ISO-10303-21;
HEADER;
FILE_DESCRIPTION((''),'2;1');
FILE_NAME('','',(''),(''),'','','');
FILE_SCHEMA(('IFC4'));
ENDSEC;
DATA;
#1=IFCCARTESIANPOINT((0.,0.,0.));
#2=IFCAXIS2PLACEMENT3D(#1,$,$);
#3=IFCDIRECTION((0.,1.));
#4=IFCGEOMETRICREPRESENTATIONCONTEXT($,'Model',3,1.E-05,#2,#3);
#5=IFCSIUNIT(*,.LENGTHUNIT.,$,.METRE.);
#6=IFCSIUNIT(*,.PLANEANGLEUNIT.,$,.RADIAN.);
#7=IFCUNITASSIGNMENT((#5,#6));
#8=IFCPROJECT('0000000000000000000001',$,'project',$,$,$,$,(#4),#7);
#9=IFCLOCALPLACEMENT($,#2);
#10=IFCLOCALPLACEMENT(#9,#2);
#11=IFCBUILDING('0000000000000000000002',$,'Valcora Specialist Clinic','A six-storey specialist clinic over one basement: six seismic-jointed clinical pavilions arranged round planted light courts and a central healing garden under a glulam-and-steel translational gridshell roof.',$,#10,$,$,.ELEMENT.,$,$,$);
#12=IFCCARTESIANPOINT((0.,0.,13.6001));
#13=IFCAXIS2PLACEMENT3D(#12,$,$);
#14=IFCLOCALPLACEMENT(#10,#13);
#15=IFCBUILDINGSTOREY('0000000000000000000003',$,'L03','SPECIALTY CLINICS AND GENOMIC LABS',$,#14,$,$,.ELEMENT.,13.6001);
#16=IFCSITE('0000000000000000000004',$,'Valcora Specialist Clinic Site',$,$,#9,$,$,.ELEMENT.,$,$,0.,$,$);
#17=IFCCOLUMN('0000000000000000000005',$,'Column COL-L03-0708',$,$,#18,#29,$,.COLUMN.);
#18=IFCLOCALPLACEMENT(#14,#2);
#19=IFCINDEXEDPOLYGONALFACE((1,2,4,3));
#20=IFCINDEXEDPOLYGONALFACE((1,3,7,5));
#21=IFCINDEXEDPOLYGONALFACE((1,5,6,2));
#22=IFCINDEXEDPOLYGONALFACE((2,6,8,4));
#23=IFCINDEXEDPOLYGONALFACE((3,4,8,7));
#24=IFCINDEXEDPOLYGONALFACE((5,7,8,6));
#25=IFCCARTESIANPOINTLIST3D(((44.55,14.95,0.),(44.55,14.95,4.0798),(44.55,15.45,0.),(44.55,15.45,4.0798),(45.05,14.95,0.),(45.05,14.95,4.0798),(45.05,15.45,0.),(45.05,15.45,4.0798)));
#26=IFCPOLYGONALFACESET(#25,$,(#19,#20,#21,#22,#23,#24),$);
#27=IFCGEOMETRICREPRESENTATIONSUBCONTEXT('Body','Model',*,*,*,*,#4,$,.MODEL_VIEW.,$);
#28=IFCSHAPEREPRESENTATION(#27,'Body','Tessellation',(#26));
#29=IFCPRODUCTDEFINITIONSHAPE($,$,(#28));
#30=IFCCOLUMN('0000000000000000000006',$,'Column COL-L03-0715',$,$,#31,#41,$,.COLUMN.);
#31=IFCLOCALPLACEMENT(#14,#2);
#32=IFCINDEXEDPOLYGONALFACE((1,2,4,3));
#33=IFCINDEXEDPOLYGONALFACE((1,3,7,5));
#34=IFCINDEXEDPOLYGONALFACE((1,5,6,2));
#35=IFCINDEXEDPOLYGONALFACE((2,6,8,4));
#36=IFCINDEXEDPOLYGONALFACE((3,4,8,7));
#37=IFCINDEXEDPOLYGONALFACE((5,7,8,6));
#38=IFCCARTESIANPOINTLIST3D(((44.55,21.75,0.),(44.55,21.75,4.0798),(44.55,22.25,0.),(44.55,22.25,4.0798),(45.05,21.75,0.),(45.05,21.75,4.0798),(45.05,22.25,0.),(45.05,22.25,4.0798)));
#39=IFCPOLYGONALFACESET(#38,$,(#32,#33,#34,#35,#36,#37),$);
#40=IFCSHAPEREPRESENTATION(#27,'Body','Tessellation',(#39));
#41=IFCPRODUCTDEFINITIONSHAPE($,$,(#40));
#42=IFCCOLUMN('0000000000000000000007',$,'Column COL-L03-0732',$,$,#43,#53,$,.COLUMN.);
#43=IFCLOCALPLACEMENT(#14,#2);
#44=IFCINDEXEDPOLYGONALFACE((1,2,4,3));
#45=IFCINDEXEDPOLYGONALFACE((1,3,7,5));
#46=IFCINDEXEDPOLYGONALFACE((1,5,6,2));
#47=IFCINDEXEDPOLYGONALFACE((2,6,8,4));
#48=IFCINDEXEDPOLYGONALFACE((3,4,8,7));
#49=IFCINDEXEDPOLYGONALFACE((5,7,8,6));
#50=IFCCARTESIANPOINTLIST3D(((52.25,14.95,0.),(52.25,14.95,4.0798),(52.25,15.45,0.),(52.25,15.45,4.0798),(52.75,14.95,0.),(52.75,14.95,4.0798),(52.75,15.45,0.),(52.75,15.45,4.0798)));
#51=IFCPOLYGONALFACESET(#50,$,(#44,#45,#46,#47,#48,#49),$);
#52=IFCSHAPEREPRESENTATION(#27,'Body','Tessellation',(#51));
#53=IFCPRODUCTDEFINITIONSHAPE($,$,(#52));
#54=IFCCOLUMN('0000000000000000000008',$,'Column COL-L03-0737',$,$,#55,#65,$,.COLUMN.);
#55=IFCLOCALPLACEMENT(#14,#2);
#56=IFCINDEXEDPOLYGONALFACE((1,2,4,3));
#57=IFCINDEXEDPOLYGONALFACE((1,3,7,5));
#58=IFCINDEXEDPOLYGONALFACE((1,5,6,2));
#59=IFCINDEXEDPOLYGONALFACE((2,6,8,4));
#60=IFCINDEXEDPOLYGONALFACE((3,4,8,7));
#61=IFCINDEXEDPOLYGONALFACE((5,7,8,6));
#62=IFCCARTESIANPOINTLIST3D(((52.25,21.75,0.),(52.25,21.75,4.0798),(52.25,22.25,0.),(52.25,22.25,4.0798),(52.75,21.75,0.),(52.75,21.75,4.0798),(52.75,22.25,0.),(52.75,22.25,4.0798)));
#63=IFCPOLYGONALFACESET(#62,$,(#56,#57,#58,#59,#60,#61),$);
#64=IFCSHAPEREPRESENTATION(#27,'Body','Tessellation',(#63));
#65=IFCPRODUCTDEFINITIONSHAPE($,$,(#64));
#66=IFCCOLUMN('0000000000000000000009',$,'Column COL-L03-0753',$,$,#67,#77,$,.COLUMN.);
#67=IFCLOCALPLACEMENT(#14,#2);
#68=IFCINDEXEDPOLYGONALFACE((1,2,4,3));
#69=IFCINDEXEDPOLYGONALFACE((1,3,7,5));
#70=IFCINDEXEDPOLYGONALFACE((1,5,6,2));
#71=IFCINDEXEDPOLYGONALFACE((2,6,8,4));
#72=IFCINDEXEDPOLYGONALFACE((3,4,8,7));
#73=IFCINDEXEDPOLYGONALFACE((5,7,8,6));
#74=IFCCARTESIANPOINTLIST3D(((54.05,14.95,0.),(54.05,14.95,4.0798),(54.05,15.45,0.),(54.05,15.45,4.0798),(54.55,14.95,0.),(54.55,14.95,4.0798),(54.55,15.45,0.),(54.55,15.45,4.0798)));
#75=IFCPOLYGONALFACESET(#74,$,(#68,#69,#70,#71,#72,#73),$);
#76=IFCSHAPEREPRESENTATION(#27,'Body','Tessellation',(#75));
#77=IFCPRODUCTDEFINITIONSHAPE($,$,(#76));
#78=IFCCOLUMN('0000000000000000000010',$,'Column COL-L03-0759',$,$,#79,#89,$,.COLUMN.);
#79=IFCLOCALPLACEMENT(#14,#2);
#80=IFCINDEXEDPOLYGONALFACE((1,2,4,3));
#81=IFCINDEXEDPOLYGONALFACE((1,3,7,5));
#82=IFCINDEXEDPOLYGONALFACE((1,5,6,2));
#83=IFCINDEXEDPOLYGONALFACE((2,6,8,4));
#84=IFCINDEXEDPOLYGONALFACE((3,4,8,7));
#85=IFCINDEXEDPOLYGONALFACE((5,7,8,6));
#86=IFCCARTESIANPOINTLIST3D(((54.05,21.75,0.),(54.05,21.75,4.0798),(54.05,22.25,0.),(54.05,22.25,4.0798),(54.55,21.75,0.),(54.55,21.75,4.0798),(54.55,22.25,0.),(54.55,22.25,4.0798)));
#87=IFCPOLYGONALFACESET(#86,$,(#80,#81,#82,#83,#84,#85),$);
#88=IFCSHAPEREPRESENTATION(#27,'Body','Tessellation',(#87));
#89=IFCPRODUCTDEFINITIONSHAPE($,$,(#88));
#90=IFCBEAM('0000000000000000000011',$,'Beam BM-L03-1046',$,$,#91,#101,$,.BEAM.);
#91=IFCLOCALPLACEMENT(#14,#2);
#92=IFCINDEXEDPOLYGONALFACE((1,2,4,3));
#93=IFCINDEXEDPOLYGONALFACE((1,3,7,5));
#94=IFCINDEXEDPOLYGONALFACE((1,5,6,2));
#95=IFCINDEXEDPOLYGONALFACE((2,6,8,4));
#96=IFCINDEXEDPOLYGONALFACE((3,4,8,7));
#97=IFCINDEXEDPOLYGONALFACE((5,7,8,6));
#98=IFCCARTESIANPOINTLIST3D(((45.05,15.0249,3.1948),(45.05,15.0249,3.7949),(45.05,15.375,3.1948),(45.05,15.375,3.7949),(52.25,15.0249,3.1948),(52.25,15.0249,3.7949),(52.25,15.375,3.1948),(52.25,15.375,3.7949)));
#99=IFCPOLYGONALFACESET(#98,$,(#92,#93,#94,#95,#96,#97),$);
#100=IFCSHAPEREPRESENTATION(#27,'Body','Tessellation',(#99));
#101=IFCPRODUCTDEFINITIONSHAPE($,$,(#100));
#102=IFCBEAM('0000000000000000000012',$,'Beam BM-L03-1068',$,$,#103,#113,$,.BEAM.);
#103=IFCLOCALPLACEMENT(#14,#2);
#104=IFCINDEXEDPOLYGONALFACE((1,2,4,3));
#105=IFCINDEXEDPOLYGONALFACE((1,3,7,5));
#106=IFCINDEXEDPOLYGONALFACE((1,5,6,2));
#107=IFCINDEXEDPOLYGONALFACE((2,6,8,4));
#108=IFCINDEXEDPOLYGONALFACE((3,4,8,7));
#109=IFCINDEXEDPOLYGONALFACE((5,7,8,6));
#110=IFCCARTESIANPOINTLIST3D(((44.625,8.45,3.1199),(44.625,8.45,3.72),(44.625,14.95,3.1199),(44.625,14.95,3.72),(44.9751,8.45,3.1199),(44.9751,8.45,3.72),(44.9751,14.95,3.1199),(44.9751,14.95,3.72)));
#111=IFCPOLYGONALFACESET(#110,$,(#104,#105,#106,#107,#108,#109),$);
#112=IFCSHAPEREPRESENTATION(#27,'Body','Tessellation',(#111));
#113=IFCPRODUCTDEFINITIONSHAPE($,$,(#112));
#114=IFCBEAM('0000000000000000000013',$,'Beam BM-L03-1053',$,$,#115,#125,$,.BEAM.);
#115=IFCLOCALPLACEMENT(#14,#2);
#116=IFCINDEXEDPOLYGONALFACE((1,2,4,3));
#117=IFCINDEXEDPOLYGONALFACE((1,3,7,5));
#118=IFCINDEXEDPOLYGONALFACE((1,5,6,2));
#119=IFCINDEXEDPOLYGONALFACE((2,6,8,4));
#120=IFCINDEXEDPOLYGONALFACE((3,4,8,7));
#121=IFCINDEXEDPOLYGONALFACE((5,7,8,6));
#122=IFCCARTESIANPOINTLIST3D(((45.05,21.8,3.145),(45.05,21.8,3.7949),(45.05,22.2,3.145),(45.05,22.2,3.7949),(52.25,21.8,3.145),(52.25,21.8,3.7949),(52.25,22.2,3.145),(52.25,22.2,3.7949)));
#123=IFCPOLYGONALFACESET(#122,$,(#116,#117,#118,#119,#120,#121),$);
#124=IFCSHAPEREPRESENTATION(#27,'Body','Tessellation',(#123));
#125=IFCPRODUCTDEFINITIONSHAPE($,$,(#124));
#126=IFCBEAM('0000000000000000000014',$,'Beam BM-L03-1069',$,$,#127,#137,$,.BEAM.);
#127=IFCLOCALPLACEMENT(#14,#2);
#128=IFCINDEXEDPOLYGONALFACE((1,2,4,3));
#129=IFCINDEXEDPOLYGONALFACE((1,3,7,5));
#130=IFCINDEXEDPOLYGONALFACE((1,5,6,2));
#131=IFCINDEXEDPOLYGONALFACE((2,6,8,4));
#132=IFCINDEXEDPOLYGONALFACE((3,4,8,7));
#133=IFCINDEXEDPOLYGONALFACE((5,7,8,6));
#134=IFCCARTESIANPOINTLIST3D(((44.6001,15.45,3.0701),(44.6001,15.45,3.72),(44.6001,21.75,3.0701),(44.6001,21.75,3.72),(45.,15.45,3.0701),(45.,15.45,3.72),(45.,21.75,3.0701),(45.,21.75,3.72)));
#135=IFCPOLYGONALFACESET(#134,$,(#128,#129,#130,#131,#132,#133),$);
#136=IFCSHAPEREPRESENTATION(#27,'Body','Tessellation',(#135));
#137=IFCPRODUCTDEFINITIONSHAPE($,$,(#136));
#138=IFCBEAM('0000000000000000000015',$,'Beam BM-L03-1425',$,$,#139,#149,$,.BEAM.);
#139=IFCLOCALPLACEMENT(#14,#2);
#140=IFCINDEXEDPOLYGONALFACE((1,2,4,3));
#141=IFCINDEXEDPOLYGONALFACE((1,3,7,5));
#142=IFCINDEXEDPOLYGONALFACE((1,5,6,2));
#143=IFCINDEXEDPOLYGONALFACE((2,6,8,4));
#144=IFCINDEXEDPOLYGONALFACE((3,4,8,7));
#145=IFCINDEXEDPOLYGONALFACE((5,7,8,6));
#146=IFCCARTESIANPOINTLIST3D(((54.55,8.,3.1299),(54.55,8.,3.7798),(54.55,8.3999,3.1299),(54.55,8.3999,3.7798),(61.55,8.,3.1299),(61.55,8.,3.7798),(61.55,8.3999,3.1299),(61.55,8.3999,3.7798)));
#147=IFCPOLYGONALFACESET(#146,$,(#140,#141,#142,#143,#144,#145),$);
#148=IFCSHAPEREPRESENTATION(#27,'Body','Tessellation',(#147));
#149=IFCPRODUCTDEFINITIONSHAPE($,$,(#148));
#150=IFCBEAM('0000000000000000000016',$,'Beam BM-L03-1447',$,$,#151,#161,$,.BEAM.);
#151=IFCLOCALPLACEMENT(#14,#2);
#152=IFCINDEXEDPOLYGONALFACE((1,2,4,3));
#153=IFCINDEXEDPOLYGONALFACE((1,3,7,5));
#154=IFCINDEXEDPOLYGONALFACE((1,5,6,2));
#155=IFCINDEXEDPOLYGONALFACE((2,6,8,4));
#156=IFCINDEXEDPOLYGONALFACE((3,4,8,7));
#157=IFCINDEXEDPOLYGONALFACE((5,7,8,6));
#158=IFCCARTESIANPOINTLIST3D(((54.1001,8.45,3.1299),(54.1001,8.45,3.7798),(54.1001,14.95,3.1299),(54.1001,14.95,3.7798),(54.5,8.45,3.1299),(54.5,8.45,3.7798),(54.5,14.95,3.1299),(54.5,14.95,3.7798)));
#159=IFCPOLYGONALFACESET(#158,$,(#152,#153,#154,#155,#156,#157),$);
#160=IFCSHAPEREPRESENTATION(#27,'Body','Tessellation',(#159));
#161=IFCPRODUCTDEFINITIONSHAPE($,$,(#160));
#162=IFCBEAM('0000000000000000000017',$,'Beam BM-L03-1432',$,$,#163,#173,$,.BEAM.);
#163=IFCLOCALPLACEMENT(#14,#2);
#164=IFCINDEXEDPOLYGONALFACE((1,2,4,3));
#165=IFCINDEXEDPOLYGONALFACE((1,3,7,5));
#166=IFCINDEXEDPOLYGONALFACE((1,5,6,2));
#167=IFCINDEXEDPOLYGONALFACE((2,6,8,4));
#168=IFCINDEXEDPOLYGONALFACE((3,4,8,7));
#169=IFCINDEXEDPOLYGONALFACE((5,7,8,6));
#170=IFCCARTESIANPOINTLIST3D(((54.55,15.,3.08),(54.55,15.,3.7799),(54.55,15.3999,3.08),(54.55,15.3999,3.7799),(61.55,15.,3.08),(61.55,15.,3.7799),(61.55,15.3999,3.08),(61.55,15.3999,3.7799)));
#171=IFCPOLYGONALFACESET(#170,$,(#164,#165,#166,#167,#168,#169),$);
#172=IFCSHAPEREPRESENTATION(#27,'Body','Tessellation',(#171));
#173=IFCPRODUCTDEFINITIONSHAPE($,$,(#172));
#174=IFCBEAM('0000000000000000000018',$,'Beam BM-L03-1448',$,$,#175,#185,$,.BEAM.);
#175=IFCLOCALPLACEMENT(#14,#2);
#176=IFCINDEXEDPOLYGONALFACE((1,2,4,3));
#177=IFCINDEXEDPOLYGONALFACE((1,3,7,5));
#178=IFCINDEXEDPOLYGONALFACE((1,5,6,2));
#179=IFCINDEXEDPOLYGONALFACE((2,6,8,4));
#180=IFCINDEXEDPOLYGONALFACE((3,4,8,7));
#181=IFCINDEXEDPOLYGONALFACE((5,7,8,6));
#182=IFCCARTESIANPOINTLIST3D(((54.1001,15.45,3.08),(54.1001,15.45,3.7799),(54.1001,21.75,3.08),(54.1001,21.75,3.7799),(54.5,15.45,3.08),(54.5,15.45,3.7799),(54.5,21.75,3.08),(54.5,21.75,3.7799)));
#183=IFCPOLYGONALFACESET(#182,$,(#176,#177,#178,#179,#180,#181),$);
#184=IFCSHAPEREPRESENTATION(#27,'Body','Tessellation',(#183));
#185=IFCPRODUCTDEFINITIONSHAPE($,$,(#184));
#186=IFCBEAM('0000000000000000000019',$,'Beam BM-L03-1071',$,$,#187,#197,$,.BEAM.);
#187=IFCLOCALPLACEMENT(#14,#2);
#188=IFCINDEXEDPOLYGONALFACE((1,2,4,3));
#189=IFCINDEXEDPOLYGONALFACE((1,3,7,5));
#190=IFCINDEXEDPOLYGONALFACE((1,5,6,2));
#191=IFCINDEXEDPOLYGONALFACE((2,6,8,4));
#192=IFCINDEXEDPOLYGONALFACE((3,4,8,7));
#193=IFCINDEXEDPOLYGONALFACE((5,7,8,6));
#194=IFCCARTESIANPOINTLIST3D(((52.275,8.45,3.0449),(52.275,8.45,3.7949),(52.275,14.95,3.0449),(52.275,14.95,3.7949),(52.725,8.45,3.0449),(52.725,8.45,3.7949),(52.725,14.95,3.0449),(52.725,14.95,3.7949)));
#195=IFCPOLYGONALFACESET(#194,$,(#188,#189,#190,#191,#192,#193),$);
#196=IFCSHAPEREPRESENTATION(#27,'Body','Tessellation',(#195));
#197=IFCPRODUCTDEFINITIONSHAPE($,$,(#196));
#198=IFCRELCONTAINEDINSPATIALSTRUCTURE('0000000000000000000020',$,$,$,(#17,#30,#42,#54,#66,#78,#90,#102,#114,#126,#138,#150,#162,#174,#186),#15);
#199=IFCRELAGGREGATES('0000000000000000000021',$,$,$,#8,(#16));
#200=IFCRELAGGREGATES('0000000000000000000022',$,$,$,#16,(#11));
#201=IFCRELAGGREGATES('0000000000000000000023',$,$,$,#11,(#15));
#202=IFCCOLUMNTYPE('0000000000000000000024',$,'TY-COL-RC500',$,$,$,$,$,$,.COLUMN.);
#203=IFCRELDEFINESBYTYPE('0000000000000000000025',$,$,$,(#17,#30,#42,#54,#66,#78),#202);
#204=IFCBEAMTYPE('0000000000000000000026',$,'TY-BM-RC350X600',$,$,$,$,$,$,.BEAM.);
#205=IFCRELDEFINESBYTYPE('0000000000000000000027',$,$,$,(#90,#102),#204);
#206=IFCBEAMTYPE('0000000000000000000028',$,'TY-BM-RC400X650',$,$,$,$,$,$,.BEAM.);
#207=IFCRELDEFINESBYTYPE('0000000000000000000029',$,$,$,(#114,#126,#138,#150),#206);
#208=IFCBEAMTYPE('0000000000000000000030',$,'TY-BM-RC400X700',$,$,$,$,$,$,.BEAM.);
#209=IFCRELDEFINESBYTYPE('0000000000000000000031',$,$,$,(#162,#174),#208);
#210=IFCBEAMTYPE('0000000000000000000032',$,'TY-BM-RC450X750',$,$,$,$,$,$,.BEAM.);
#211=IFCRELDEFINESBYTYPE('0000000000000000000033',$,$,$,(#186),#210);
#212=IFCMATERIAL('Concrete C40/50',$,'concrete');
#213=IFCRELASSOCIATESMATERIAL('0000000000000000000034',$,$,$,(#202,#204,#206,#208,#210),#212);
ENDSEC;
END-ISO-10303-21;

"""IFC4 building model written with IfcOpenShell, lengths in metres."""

from ifc_helpers import new_model, si_unit, direction, frame, origin, origin_2d, place, context, subcontext, project, spatial, rectangle, extrude, material, material_profile, profile_set, type_object, element, save


model = new_model("IFC4")

# Units and contexts
model_context = context("Model", 3, precision=1e-05, world=origin(), true_north=direction((0.0, 1.0)))
body_context = subcontext(model_context, "Body", "Model", "MODEL_VIEW")
ifc_project = project(units=[si_unit("LENGTHUNIT", "METRE"), si_unit("PLANEANGLEUNIT", "RADIAN")], contexts=[model_context])

# Site, building, storey
site_placement = place(None, origin())
site = spatial("IfcSite", under=ifc_project, at=site_placement, Name="Valcora Specialist Clinic Site", CompositionType="ELEMENT", RefElevation=0.0)
building_placement = place(site_placement, origin())
building = spatial("IfcBuilding", under=site, at=building_placement, Name="Valcora Specialist Clinic", Description="A six-storey specialist clinic over one basement: six seismic-jointed clinical pavilions arranged round planted light courts and a central healing garden under a glulam-and-steel translational gridshell roof.", CompositionType="ELEMENT")
storey_placement = place(building_placement, frame((0.0, 0.0, 13.6001)))
storey = spatial("IfcBuildingStorey", under=building, at=storey_placement, Name="L03", Description="SPECIALTY CLINICS AND GENOMIC LABS", CompositionType="ELEMENT", Elevation=13.6001)

# Columns
ifc_material_1 = material(Name="Concrete C40/50", Category="concrete")
ifc_material_profile_1 = material_profile(ifc_material_1, rectangle(XDim=0.5, YDim=0.5, at=origin_2d()), Name="RC-COL-500X500")
ifc_profile_set_1 = profile_set([ifc_material_profile_1], Name="Concrete C40/50")
column_type = type_object("IfcColumnType", Name="TY-COL-RC500", PredefinedType="COLUMN", material=ifc_profile_set_1)
for number, where, z_axis, x_axis, name in (
    (1, (44.8, 15.2, 0.0), (0.0, 0.0, 1.0), (1.0, 0.0, 0.0), "Column COL-L03-0708"),
    (2, (44.8, 22.0, 0.0), (0.0, 0.0, 1.0), (1.0, 0.0, 0.0), "Column COL-L03-0715"),
    (3, (52.5, 15.2, 0.0), (0.0, 0.0, 1.0), (1.0, 0.0, 0.0), "Column COL-L03-0732"),
    (4, (52.5, 22.0, 0.0), (0.0, 0.0, 1.0), (1.0, 0.0, 0.0), "Column COL-L03-0737"),
    (5, (54.3, 15.2, 0.0), (0.0, 0.0, 1.0), (1.0, 0.0, 0.0), "Column COL-L03-0753"),
    (6, (54.3, 22.0, 0.0), (0.0, 0.0, 1.0), (1.0, 0.0, 0.0), "Column COL-L03-0759"),
):
    element("IfcColumn", number, at=place(storey_placement, frame(where, z_axis=z_axis, x_axis=x_axis)), inside=storey, type_object=column_type, Name=name, PredefinedType="COLUMN", context=body_context, shape_type="SweptSolid", body=[
        extrude(rectangle(XDim=0.5, YDim=0.5, at=origin_2d()), origin(), (0.0, 0.0, 1.0), 4.0798),
    ])

# Beams
ifc_material_profile_2 = material_profile(ifc_material_1, rectangle(XDim=0.3501, YDim=0.6001, at=origin_2d()), Name="RC-BM-350X600")
ifc_profile_set_2 = profile_set([ifc_material_profile_2], Name="Concrete C40/50")
beam_type_1 = type_object("IfcBeamType", Name="TY-BM-RC350X600", PredefinedType="BEAM", material=ifc_profile_set_2)
beam_1_placement = place(storey_placement, frame((45.05, 15.2, 3.4949), z_axis=(1.0, 0.0, 0.0), x_axis=(0.0, 1.0, 0.0)))
element("IfcBeam", 7, at=beam_1_placement, inside=storey, type_object=beam_type_1, Name="Beam BM-L03-1046", PredefinedType="BEAM", context=body_context, shape_type="SweptSolid", body=[
    extrude(rectangle(XDim=0.3501, YDim=0.6001, at=origin_2d()), origin(), (0.0, 0.0, 1.0), 7.2),
])
beam_2_placement = place(storey_placement, frame((44.8, 8.45, 3.4199), z_axis=(0.0, 1.0, 0.0), x_axis=(-1.0, 0.0, 0.0)))
element("IfcBeam", 8, at=beam_2_placement, inside=storey, type_object=beam_type_1, Name="Beam BM-L03-1068", PredefinedType="BEAM", context=body_context, shape_type="SweptSolid", body=[
    extrude(rectangle(XDim=0.3501, YDim=0.6001, at=origin_2d()), origin(), (0.0, 0.0, 1.0), 6.5),
])
ifc_material_profile_3 = material_profile(ifc_material_1, rectangle(XDim=0.3999, YDim=0.6499, at=origin_2d()), Name="RC-BM-400X650")
ifc_profile_set_3 = profile_set([ifc_material_profile_3], Name="Concrete C40/50")
beam_type_2 = type_object("IfcBeamType", Name="TY-BM-RC400X650", PredefinedType="BEAM", material=ifc_profile_set_3)
beam_3_placement = place(storey_placement, frame((45.05, 22.0, 3.47), z_axis=(1.0, 0.0, 0.0), x_axis=(0.0, 1.0, 0.0)))
element("IfcBeam", 9, at=beam_3_placement, inside=storey, type_object=beam_type_2, Name="Beam BM-L03-1053", PredefinedType="BEAM", context=body_context, shape_type="SweptSolid", body=[
    extrude(rectangle(XDim=0.3999, YDim=0.6499, at=origin_2d()), origin(), (0.0, 0.0, 1.0), 7.2),
])
beam_4_placement = place(storey_placement, frame((44.8, 15.45, 3.395), z_axis=(0.0, 1.0, 0.0), x_axis=(-1.0, 0.0, 0.0)))
element("IfcBeam", 10, at=beam_4_placement, inside=storey, type_object=beam_type_2, Name="Beam BM-L03-1069", PredefinedType="BEAM", context=body_context, shape_type="SweptSolid", body=[
    extrude(rectangle(XDim=0.3999, YDim=0.6499, at=origin_2d()), origin(), (0.0, 0.0, 1.0), 6.3),
])
beam_5_placement = place(storey_placement, frame((54.55, 8.2, 3.4548), z_axis=(1.0, 0.0, 0.0), x_axis=(0.0, 1.0, 0.0)))
element("IfcBeam", 11, at=beam_5_placement, inside=storey, type_object=beam_type_2, Name="Beam BM-L03-1425", PredefinedType="BEAM", context=body_context, shape_type="SweptSolid", body=[
    extrude(rectangle(XDim=0.3999, YDim=0.6499, at=origin_2d()), origin(), (0.0, 0.0, 1.0), 7.0),
])
beam_6_placement = place(storey_placement, frame((54.3, 8.45, 3.4548), z_axis=(0.0, 1.0, 0.0), x_axis=(-1.0, 0.0, 0.0)))
element("IfcBeam", 12, at=beam_6_placement, inside=storey, type_object=beam_type_2, Name="Beam BM-L03-1447", PredefinedType="BEAM", context=body_context, shape_type="SweptSolid", body=[
    extrude(rectangle(XDim=0.3999, YDim=0.6499, at=origin_2d()), origin(), (0.0, 0.0, 1.0), 6.5),
])
ifc_material_profile_4 = material_profile(ifc_material_1, rectangle(XDim=0.3999, YDim=0.7, at=origin_2d()), Name="RC-BM-400X700")
ifc_profile_set_4 = profile_set([ifc_material_profile_4], Name="Concrete C40/50")
beam_type_3 = type_object("IfcBeamType", Name="TY-BM-RC400X700", PredefinedType="BEAM", material=ifc_profile_set_4)
beam_7_placement = place(storey_placement, frame((54.55, 15.2, 3.4299), z_axis=(1.0, 0.0, 0.0), x_axis=(0.0, 1.0, 0.0)))
element("IfcBeam", 13, at=beam_7_placement, inside=storey, type_object=beam_type_3, Name="Beam BM-L03-1432", PredefinedType="BEAM", context=body_context, shape_type="SweptSolid", body=[
    extrude(rectangle(XDim=0.3999, YDim=0.7, at=origin_2d()), origin(), (0.0, 0.0, 1.0), 7.0),
])
beam_8_placement = place(storey_placement, frame((54.3, 15.45, 3.4299), z_axis=(0.0, 1.0, 0.0), x_axis=(-1.0, 0.0, 0.0)))
element("IfcBeam", 14, at=beam_8_placement, inside=storey, type_object=beam_type_3, Name="Beam BM-L03-1448", PredefinedType="BEAM", context=body_context, shape_type="SweptSolid", body=[
    extrude(rectangle(XDim=0.3999, YDim=0.7, at=origin_2d()), origin(), (0.0, 0.0, 1.0), 6.3),
])
ifc_material_profile_5 = material_profile(ifc_material_1, rectangle(XDim=0.45, YDim=0.75, at=origin_2d()), Name="RC-BM-450X750")
ifc_profile_set_5 = profile_set([ifc_material_profile_5], Name="Concrete C40/50")
beam_type_4 = type_object("IfcBeamType", Name="TY-BM-RC450X750", PredefinedType="BEAM", material=ifc_profile_set_5)
beam_9_placement = place(storey_placement, frame((52.5, 8.45, 3.4199), z_axis=(0.0, 1.0, 0.0), x_axis=(-1.0, 0.0, 0.0)))
element("IfcBeam", 15, at=beam_9_placement, inside=storey, type_object=beam_type_4, Name="Beam BM-L03-1071", PredefinedType="BEAM", context=body_context, shape_type="SweptSolid", body=[
    extrude(rectangle(XDim=0.45, YDim=0.75, at=origin_2d()), origin(), (0.0, 0.0, 1.0), 6.5),
])

save(model, "model.ifc")
